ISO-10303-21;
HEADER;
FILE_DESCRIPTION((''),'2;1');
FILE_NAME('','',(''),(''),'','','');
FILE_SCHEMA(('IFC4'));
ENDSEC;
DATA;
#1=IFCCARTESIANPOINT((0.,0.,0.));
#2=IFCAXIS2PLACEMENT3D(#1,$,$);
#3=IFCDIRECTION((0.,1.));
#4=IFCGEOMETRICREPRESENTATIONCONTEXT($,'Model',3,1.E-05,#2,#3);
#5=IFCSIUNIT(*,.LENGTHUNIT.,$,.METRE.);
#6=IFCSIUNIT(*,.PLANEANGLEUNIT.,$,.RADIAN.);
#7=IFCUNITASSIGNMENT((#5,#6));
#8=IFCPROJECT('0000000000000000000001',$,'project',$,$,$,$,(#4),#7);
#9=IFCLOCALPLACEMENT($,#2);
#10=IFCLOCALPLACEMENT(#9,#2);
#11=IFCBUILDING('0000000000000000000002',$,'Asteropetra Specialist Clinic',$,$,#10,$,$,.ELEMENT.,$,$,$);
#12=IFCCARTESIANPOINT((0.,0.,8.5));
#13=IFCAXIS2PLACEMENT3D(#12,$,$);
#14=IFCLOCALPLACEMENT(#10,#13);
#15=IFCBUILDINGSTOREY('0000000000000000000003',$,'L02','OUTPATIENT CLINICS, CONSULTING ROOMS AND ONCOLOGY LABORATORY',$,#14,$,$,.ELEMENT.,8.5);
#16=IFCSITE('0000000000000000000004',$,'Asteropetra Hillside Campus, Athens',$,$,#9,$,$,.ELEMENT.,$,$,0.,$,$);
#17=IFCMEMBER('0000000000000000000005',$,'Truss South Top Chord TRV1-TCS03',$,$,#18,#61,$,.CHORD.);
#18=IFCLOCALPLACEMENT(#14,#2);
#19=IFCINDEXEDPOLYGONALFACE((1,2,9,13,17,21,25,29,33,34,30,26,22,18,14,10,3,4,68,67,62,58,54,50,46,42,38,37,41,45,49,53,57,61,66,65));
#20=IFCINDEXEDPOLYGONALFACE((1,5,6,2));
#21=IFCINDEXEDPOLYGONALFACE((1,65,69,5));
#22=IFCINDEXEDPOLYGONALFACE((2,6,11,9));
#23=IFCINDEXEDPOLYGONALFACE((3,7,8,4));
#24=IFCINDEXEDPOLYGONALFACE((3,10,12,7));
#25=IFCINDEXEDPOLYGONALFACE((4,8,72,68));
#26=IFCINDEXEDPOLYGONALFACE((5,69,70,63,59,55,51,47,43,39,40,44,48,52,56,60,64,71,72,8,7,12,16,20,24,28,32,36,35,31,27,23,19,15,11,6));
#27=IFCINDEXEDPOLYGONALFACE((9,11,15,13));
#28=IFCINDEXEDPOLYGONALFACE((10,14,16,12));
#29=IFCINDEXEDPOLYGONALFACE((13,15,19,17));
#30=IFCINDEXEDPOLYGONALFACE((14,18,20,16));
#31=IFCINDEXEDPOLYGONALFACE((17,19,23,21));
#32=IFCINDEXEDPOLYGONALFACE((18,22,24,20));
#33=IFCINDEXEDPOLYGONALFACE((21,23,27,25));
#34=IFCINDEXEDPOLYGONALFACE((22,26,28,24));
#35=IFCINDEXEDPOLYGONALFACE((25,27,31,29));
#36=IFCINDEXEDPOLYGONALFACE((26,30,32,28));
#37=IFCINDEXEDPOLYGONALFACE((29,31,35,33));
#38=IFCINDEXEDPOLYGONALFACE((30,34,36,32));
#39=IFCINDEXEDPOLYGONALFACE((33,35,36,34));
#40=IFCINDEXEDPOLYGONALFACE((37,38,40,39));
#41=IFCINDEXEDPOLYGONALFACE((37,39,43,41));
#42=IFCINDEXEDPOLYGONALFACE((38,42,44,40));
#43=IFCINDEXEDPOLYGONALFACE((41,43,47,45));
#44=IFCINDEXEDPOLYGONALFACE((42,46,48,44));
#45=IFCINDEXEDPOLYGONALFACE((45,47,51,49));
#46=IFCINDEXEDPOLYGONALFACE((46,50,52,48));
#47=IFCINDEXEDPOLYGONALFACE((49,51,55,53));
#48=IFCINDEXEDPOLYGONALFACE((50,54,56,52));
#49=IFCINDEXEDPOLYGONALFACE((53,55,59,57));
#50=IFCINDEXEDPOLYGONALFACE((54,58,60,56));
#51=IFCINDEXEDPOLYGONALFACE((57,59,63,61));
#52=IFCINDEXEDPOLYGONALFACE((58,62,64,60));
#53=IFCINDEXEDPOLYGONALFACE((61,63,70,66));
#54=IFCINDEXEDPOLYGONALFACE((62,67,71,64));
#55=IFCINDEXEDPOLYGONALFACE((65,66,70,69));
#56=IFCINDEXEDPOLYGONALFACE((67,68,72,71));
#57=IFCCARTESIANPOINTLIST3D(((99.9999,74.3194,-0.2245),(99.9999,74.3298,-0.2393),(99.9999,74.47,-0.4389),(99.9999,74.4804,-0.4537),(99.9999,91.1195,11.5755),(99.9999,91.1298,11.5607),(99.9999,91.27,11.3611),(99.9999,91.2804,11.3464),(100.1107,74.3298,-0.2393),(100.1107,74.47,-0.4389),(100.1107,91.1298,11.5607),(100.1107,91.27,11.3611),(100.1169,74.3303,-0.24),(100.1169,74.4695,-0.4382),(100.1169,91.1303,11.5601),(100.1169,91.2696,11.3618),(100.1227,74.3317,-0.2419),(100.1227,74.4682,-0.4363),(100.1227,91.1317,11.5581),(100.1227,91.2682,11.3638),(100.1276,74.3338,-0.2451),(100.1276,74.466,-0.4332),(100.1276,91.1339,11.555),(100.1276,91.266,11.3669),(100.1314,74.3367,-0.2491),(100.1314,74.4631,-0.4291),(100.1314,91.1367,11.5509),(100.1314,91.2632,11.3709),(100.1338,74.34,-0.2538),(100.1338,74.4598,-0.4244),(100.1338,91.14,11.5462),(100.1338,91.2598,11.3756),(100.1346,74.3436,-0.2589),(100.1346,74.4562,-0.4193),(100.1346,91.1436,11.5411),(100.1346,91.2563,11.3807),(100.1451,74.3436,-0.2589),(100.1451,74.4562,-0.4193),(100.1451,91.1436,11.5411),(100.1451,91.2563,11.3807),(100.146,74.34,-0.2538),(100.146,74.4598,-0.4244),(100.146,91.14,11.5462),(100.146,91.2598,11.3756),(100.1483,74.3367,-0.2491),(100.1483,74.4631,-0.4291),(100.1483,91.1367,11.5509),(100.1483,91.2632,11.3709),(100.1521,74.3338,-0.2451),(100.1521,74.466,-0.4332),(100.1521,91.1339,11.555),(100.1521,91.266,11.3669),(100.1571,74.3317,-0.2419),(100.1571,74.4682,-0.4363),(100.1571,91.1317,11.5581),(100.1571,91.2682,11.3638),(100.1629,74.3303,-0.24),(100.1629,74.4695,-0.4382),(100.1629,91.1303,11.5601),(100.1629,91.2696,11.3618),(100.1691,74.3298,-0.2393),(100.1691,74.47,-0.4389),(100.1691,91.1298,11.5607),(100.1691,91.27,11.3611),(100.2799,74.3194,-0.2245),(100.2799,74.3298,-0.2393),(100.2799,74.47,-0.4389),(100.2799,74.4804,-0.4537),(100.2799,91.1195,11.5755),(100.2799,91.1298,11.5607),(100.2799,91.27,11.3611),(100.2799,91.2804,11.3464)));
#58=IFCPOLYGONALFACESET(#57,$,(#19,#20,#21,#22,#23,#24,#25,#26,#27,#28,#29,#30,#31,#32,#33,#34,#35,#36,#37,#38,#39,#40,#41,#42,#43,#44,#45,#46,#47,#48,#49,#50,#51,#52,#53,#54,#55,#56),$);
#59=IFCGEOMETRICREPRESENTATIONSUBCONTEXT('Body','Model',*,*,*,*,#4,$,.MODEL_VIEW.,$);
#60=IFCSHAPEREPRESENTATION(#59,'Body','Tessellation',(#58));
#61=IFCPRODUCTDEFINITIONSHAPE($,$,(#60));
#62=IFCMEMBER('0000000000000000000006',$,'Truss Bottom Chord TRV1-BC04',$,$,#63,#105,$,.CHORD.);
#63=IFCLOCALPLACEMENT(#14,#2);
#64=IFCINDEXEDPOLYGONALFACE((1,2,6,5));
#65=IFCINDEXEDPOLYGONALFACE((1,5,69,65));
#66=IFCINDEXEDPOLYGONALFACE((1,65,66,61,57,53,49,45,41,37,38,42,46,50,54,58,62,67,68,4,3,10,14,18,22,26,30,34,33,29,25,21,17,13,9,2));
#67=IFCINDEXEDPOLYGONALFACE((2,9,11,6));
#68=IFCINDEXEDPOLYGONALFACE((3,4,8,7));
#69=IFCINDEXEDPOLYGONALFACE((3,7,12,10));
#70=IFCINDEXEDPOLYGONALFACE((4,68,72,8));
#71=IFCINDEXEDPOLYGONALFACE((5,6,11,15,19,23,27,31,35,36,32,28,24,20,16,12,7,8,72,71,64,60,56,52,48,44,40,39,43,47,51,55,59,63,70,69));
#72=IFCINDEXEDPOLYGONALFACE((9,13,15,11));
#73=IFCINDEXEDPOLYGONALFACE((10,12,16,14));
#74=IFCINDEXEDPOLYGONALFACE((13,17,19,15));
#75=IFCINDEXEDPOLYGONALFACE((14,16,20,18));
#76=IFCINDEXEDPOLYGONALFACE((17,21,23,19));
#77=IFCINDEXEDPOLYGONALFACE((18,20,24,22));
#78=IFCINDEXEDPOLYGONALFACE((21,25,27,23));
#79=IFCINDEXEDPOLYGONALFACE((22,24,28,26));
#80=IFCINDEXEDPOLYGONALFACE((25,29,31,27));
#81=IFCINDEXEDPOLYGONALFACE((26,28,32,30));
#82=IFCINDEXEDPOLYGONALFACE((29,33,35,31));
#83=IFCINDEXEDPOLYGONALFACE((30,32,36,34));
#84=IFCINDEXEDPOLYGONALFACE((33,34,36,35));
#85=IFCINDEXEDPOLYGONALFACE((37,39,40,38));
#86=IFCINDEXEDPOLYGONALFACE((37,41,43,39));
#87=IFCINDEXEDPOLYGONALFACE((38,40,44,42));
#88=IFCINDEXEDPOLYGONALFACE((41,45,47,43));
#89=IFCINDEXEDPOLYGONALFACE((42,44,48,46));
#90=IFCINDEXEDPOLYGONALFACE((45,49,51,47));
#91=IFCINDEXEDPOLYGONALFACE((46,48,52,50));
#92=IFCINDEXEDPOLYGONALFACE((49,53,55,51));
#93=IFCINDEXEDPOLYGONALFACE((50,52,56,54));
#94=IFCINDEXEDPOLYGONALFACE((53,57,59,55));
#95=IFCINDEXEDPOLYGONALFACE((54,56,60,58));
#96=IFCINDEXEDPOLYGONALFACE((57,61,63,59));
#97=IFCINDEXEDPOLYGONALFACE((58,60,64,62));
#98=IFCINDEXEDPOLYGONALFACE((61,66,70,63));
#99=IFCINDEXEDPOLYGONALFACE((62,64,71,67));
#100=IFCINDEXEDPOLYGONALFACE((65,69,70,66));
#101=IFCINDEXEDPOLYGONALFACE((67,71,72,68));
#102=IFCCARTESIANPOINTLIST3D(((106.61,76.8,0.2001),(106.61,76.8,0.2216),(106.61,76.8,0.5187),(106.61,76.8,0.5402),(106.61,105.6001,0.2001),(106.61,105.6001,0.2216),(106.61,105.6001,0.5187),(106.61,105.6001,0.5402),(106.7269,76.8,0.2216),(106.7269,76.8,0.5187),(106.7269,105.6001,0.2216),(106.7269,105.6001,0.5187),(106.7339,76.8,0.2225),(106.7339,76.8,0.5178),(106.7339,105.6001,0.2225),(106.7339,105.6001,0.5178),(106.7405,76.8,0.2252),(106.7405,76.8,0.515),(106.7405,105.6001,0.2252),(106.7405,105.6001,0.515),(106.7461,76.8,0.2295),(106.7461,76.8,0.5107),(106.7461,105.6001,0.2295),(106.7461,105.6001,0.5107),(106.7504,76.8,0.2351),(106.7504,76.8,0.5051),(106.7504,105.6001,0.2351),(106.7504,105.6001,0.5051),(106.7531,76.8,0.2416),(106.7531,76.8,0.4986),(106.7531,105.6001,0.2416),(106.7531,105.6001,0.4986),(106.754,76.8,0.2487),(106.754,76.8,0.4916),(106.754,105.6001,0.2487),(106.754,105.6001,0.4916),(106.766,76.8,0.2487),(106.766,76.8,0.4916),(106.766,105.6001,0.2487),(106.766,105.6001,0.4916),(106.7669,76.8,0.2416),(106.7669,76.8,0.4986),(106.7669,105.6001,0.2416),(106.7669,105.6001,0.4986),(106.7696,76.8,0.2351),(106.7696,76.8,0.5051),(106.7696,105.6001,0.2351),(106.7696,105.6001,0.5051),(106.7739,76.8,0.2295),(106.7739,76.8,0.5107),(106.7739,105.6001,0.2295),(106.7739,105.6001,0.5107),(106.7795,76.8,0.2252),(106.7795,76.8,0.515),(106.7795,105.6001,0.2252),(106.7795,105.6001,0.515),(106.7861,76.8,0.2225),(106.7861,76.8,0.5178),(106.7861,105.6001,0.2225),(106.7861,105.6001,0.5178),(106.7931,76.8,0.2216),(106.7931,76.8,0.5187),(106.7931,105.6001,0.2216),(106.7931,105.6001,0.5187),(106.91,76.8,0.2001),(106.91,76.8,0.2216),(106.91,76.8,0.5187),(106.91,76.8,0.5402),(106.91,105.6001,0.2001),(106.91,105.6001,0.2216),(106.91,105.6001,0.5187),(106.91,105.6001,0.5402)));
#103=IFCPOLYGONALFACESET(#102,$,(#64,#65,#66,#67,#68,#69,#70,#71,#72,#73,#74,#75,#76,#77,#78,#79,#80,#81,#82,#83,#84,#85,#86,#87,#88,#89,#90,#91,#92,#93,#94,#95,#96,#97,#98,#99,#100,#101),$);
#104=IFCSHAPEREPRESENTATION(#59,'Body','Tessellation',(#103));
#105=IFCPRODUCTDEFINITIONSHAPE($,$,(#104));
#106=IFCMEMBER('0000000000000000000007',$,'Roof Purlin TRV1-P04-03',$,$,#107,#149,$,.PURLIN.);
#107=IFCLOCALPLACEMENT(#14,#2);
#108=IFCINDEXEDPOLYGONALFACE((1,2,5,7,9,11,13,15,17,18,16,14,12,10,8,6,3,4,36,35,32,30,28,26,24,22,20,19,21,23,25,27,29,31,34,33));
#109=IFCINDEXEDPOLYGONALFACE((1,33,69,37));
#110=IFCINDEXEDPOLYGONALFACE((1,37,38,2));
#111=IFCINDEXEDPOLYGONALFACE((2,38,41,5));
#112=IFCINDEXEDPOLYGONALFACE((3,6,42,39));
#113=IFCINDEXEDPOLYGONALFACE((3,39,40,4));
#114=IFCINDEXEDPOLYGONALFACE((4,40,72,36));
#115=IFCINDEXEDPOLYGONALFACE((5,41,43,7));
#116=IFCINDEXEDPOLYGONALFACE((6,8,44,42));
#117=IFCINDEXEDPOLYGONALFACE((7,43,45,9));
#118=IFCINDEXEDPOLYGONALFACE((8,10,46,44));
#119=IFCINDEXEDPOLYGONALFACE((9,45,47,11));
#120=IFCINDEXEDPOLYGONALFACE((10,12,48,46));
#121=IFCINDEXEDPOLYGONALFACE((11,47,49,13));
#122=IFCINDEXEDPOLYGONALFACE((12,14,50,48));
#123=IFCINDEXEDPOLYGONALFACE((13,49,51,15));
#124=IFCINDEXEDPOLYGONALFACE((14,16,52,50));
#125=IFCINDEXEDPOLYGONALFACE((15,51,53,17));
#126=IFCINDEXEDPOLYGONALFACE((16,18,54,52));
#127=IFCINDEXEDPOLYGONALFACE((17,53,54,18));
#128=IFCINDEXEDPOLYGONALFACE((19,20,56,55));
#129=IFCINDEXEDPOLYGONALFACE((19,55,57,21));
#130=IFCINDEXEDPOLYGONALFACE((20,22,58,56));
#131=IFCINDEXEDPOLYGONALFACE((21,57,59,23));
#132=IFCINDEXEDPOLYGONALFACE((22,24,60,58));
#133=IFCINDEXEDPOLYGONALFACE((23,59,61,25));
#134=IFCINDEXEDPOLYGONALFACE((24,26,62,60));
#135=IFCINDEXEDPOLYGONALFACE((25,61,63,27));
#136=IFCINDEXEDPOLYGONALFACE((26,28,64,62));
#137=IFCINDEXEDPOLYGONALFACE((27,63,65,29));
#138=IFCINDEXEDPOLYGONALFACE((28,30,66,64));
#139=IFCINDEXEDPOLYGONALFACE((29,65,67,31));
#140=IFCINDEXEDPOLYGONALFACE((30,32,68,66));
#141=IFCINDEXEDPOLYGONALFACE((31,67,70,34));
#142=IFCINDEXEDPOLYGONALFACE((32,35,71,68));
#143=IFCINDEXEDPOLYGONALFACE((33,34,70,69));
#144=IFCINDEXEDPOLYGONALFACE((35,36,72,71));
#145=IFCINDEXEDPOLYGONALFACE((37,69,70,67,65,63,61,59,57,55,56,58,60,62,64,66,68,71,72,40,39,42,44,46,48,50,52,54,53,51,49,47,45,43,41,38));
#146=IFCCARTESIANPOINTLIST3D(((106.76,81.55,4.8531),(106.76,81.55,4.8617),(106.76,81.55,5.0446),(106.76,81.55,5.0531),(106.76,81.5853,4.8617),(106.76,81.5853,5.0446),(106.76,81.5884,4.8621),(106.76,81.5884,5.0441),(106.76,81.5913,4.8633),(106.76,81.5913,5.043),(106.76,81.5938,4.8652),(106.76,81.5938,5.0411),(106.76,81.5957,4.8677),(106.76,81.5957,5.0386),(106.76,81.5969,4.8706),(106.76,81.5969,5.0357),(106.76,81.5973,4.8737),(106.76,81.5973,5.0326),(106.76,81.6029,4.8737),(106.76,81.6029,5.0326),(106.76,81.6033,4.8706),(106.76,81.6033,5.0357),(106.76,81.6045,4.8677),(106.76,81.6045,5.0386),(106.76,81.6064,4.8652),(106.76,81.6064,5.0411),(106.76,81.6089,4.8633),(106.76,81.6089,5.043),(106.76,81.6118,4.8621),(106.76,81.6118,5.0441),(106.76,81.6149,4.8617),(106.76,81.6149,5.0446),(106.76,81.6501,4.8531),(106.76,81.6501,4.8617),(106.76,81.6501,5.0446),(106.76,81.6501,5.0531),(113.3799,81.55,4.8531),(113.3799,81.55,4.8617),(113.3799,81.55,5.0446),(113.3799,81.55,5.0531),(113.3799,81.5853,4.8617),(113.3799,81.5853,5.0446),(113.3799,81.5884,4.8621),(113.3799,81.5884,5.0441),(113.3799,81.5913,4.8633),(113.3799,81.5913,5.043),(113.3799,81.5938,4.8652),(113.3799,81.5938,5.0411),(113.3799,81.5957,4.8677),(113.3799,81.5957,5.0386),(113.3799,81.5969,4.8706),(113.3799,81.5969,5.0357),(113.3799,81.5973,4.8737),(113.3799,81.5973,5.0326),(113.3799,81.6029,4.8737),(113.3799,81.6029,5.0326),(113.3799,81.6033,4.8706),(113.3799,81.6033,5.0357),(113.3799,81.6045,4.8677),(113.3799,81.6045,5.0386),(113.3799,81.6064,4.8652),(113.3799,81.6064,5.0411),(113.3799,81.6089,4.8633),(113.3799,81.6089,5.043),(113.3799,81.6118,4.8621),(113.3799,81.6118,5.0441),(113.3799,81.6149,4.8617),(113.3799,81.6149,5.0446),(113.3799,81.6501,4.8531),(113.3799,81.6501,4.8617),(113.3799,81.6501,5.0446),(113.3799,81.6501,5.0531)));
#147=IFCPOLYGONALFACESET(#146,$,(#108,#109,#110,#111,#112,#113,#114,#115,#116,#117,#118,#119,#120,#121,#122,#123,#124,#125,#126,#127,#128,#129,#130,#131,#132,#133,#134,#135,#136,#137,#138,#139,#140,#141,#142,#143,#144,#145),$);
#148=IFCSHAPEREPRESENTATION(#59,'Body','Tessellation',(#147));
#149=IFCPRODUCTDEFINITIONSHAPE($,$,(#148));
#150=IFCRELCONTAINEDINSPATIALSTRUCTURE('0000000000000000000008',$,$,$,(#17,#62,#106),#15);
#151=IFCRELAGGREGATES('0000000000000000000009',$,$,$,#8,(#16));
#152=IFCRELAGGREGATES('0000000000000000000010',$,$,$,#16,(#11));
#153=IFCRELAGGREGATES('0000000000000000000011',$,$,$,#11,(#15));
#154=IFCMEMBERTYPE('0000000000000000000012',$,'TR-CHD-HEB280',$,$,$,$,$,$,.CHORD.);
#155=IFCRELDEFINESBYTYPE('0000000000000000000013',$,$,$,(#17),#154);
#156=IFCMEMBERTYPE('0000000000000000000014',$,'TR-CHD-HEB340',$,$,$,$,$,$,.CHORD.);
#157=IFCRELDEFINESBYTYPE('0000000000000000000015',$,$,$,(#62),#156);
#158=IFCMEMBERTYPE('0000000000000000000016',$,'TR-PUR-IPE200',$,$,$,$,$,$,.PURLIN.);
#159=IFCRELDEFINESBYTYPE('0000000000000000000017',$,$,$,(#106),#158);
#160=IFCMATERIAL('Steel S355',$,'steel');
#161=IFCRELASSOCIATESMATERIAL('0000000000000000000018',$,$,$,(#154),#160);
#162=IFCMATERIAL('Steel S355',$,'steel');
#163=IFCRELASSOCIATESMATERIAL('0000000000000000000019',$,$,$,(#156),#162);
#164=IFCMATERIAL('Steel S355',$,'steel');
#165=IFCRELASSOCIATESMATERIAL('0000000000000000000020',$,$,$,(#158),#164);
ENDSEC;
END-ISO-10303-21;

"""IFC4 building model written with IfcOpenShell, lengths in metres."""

from ifc_helpers import new_model, si_unit, direction, frame, origin, origin_2d, place, context, subcontext, project, spatial, i_section, extrude, material, material_profile, profile_set, type_object, element, save


model = new_model("IFC4")

# Units and contexts
model_context = context("Model", 3, precision=1e-05, world=origin(), true_north=direction((0.0, 1.0)))
body_context = subcontext(model_context, "Body", "Model", "MODEL_VIEW")
ifc_project = project(units=[si_unit("LENGTHUNIT", "METRE"), si_unit("PLANEANGLEUNIT", "RADIAN")], contexts=[model_context])

# Site, building, storey
site_placement = place(None, origin())
site = spatial("IfcSite", under=ifc_project, at=site_placement, Name="Asteropetra Hillside Campus, Athens", CompositionType="ELEMENT", RefElevation=0.0)
building_placement = place(site_placement, origin())
building = spatial("IfcBuilding", under=site, at=building_placement, Name="Asteropetra Specialist Clinic", CompositionType="ELEMENT")
storey_placement = place(building_placement, frame((0.0, 0.0, 8.5)))
storey = spatial("IfcBuildingStorey", under=building, at=storey_placement, Name="L02", Description="OUTPATIENT CLINICS, CONSULTING ROOMS AND ONCOLOGY LABORATORY", CompositionType="ELEMENT", Elevation=8.5)

# Members
ifc_material_1 = material(Name="Steel S355", Category="steel")
ifc_material_profile_1 = material_profile(ifc_material_1, i_section(OverallWidth=0.28, OverallDepth=0.28, WebThickness=0.0105, FlangeThickness=0.0181, FilletRadius=0.0239, at=origin_2d()), Name="HEB 280")
ifc_profile_set_1 = profile_set([ifc_material_profile_1], Name="Steel S355")
member_type_1 = type_object("IfcMemberType", Name="TR-CHD-HEB280", PredefinedType="CHORD", material=ifc_profile_set_1)
member_1_placement = place(storey_placement, frame((100.1399, 74.3999, -0.3391), z_axis=(0.0, 0.818315, 0.57477), x_axis=(-1.0, 0.0, 0.0)))
element("IfcMember", 1, at=member_1_placement, inside=storey, type_object=member_type_1, Name="Truss South Top Chord TRV1-TCS03", PredefinedType="CHORD", context=body_context, shape_type="SweptSolid", body=[
    extrude(i_section(OverallWidth=0.28, OverallDepth=0.28, WebThickness=0.0105, FlangeThickness=0.0181, FilletRadius=0.0239, at=origin_2d()), origin(), (0.0, 0.0, 1.0), 20.53),
])
ifc_material_2 = material(Name="Steel S355", Category="steel")
ifc_material_profile_2 = material_profile(ifc_material_2, i_section(OverallWidth=0.3, OverallDepth=0.3401, WebThickness=0.012, FlangeThickness=0.0215, FilletRadius=0.0271, at=origin_2d()), Name="HEB 340")
ifc_profile_set_2 = profile_set([ifc_material_profile_2], Name="Steel S355")
member_type_2 = type_object("IfcMemberType", Name="TR-CHD-HEB340", PredefinedType="CHORD", material=ifc_profile_set_2)
member_2_placement = place(storey_placement, frame((106.76, 76.8, 0.3701), z_axis=(0.0, 1.0, 0.0), x_axis=(-1.0, 0.0, 0.0)))
element("IfcMember", 2, at=member_2_placement, inside=storey, type_object=member_type_2, Name="Truss Bottom Chord TRV1-BC04", PredefinedType="CHORD", context=body_context, shape_type="SweptSolid", body=[
    extrude(i_section(OverallWidth=0.3, OverallDepth=0.3401, WebThickness=0.012, FlangeThickness=0.0215, FilletRadius=0.0271, at=origin_2d()), origin(), (0.0, 0.0, 1.0), 28.8),
])
ifc_material_3 = material(Name="Steel S355", Category="steel")
ifc_material_profile_3 = material_profile(ifc_material_3, i_section(OverallWidth=0.1001, OverallDepth=0.2, WebThickness=0.0056, FlangeThickness=0.0085, FilletRadius=0.012, at=origin_2d()), Name="IPE 200")
ifc_profile_set_3 = profile_set([ifc_material_profile_3], Name="Steel S355")
member_type_3 = type_object("IfcMemberType", Name="TR-PUR-IPE200", PredefinedType="PURLIN", material=ifc_profile_set_3)
member_3_placement = place(storey_placement, frame((106.76, 81.6001, 4.9531), z_axis=(1.0, 0.0, 0.0), x_axis=(0.0, 1.0, 0.0)))
element("IfcMember", 3, at=member_3_placement, inside=storey, type_object=member_type_3, Name="Roof Purlin TRV1-P04-03", PredefinedType="PURLIN", context=body_context, shape_type="SweptSolid", body=[
    extrude(i_section(OverallWidth=0.1001, OverallDepth=0.2, WebThickness=0.0056, FlangeThickness=0.0085, FilletRadius=0.012, at=origin_2d()), origin(), (0.0, 0.0, 1.0), 6.6199),
])

save(model, "model.ifc")
